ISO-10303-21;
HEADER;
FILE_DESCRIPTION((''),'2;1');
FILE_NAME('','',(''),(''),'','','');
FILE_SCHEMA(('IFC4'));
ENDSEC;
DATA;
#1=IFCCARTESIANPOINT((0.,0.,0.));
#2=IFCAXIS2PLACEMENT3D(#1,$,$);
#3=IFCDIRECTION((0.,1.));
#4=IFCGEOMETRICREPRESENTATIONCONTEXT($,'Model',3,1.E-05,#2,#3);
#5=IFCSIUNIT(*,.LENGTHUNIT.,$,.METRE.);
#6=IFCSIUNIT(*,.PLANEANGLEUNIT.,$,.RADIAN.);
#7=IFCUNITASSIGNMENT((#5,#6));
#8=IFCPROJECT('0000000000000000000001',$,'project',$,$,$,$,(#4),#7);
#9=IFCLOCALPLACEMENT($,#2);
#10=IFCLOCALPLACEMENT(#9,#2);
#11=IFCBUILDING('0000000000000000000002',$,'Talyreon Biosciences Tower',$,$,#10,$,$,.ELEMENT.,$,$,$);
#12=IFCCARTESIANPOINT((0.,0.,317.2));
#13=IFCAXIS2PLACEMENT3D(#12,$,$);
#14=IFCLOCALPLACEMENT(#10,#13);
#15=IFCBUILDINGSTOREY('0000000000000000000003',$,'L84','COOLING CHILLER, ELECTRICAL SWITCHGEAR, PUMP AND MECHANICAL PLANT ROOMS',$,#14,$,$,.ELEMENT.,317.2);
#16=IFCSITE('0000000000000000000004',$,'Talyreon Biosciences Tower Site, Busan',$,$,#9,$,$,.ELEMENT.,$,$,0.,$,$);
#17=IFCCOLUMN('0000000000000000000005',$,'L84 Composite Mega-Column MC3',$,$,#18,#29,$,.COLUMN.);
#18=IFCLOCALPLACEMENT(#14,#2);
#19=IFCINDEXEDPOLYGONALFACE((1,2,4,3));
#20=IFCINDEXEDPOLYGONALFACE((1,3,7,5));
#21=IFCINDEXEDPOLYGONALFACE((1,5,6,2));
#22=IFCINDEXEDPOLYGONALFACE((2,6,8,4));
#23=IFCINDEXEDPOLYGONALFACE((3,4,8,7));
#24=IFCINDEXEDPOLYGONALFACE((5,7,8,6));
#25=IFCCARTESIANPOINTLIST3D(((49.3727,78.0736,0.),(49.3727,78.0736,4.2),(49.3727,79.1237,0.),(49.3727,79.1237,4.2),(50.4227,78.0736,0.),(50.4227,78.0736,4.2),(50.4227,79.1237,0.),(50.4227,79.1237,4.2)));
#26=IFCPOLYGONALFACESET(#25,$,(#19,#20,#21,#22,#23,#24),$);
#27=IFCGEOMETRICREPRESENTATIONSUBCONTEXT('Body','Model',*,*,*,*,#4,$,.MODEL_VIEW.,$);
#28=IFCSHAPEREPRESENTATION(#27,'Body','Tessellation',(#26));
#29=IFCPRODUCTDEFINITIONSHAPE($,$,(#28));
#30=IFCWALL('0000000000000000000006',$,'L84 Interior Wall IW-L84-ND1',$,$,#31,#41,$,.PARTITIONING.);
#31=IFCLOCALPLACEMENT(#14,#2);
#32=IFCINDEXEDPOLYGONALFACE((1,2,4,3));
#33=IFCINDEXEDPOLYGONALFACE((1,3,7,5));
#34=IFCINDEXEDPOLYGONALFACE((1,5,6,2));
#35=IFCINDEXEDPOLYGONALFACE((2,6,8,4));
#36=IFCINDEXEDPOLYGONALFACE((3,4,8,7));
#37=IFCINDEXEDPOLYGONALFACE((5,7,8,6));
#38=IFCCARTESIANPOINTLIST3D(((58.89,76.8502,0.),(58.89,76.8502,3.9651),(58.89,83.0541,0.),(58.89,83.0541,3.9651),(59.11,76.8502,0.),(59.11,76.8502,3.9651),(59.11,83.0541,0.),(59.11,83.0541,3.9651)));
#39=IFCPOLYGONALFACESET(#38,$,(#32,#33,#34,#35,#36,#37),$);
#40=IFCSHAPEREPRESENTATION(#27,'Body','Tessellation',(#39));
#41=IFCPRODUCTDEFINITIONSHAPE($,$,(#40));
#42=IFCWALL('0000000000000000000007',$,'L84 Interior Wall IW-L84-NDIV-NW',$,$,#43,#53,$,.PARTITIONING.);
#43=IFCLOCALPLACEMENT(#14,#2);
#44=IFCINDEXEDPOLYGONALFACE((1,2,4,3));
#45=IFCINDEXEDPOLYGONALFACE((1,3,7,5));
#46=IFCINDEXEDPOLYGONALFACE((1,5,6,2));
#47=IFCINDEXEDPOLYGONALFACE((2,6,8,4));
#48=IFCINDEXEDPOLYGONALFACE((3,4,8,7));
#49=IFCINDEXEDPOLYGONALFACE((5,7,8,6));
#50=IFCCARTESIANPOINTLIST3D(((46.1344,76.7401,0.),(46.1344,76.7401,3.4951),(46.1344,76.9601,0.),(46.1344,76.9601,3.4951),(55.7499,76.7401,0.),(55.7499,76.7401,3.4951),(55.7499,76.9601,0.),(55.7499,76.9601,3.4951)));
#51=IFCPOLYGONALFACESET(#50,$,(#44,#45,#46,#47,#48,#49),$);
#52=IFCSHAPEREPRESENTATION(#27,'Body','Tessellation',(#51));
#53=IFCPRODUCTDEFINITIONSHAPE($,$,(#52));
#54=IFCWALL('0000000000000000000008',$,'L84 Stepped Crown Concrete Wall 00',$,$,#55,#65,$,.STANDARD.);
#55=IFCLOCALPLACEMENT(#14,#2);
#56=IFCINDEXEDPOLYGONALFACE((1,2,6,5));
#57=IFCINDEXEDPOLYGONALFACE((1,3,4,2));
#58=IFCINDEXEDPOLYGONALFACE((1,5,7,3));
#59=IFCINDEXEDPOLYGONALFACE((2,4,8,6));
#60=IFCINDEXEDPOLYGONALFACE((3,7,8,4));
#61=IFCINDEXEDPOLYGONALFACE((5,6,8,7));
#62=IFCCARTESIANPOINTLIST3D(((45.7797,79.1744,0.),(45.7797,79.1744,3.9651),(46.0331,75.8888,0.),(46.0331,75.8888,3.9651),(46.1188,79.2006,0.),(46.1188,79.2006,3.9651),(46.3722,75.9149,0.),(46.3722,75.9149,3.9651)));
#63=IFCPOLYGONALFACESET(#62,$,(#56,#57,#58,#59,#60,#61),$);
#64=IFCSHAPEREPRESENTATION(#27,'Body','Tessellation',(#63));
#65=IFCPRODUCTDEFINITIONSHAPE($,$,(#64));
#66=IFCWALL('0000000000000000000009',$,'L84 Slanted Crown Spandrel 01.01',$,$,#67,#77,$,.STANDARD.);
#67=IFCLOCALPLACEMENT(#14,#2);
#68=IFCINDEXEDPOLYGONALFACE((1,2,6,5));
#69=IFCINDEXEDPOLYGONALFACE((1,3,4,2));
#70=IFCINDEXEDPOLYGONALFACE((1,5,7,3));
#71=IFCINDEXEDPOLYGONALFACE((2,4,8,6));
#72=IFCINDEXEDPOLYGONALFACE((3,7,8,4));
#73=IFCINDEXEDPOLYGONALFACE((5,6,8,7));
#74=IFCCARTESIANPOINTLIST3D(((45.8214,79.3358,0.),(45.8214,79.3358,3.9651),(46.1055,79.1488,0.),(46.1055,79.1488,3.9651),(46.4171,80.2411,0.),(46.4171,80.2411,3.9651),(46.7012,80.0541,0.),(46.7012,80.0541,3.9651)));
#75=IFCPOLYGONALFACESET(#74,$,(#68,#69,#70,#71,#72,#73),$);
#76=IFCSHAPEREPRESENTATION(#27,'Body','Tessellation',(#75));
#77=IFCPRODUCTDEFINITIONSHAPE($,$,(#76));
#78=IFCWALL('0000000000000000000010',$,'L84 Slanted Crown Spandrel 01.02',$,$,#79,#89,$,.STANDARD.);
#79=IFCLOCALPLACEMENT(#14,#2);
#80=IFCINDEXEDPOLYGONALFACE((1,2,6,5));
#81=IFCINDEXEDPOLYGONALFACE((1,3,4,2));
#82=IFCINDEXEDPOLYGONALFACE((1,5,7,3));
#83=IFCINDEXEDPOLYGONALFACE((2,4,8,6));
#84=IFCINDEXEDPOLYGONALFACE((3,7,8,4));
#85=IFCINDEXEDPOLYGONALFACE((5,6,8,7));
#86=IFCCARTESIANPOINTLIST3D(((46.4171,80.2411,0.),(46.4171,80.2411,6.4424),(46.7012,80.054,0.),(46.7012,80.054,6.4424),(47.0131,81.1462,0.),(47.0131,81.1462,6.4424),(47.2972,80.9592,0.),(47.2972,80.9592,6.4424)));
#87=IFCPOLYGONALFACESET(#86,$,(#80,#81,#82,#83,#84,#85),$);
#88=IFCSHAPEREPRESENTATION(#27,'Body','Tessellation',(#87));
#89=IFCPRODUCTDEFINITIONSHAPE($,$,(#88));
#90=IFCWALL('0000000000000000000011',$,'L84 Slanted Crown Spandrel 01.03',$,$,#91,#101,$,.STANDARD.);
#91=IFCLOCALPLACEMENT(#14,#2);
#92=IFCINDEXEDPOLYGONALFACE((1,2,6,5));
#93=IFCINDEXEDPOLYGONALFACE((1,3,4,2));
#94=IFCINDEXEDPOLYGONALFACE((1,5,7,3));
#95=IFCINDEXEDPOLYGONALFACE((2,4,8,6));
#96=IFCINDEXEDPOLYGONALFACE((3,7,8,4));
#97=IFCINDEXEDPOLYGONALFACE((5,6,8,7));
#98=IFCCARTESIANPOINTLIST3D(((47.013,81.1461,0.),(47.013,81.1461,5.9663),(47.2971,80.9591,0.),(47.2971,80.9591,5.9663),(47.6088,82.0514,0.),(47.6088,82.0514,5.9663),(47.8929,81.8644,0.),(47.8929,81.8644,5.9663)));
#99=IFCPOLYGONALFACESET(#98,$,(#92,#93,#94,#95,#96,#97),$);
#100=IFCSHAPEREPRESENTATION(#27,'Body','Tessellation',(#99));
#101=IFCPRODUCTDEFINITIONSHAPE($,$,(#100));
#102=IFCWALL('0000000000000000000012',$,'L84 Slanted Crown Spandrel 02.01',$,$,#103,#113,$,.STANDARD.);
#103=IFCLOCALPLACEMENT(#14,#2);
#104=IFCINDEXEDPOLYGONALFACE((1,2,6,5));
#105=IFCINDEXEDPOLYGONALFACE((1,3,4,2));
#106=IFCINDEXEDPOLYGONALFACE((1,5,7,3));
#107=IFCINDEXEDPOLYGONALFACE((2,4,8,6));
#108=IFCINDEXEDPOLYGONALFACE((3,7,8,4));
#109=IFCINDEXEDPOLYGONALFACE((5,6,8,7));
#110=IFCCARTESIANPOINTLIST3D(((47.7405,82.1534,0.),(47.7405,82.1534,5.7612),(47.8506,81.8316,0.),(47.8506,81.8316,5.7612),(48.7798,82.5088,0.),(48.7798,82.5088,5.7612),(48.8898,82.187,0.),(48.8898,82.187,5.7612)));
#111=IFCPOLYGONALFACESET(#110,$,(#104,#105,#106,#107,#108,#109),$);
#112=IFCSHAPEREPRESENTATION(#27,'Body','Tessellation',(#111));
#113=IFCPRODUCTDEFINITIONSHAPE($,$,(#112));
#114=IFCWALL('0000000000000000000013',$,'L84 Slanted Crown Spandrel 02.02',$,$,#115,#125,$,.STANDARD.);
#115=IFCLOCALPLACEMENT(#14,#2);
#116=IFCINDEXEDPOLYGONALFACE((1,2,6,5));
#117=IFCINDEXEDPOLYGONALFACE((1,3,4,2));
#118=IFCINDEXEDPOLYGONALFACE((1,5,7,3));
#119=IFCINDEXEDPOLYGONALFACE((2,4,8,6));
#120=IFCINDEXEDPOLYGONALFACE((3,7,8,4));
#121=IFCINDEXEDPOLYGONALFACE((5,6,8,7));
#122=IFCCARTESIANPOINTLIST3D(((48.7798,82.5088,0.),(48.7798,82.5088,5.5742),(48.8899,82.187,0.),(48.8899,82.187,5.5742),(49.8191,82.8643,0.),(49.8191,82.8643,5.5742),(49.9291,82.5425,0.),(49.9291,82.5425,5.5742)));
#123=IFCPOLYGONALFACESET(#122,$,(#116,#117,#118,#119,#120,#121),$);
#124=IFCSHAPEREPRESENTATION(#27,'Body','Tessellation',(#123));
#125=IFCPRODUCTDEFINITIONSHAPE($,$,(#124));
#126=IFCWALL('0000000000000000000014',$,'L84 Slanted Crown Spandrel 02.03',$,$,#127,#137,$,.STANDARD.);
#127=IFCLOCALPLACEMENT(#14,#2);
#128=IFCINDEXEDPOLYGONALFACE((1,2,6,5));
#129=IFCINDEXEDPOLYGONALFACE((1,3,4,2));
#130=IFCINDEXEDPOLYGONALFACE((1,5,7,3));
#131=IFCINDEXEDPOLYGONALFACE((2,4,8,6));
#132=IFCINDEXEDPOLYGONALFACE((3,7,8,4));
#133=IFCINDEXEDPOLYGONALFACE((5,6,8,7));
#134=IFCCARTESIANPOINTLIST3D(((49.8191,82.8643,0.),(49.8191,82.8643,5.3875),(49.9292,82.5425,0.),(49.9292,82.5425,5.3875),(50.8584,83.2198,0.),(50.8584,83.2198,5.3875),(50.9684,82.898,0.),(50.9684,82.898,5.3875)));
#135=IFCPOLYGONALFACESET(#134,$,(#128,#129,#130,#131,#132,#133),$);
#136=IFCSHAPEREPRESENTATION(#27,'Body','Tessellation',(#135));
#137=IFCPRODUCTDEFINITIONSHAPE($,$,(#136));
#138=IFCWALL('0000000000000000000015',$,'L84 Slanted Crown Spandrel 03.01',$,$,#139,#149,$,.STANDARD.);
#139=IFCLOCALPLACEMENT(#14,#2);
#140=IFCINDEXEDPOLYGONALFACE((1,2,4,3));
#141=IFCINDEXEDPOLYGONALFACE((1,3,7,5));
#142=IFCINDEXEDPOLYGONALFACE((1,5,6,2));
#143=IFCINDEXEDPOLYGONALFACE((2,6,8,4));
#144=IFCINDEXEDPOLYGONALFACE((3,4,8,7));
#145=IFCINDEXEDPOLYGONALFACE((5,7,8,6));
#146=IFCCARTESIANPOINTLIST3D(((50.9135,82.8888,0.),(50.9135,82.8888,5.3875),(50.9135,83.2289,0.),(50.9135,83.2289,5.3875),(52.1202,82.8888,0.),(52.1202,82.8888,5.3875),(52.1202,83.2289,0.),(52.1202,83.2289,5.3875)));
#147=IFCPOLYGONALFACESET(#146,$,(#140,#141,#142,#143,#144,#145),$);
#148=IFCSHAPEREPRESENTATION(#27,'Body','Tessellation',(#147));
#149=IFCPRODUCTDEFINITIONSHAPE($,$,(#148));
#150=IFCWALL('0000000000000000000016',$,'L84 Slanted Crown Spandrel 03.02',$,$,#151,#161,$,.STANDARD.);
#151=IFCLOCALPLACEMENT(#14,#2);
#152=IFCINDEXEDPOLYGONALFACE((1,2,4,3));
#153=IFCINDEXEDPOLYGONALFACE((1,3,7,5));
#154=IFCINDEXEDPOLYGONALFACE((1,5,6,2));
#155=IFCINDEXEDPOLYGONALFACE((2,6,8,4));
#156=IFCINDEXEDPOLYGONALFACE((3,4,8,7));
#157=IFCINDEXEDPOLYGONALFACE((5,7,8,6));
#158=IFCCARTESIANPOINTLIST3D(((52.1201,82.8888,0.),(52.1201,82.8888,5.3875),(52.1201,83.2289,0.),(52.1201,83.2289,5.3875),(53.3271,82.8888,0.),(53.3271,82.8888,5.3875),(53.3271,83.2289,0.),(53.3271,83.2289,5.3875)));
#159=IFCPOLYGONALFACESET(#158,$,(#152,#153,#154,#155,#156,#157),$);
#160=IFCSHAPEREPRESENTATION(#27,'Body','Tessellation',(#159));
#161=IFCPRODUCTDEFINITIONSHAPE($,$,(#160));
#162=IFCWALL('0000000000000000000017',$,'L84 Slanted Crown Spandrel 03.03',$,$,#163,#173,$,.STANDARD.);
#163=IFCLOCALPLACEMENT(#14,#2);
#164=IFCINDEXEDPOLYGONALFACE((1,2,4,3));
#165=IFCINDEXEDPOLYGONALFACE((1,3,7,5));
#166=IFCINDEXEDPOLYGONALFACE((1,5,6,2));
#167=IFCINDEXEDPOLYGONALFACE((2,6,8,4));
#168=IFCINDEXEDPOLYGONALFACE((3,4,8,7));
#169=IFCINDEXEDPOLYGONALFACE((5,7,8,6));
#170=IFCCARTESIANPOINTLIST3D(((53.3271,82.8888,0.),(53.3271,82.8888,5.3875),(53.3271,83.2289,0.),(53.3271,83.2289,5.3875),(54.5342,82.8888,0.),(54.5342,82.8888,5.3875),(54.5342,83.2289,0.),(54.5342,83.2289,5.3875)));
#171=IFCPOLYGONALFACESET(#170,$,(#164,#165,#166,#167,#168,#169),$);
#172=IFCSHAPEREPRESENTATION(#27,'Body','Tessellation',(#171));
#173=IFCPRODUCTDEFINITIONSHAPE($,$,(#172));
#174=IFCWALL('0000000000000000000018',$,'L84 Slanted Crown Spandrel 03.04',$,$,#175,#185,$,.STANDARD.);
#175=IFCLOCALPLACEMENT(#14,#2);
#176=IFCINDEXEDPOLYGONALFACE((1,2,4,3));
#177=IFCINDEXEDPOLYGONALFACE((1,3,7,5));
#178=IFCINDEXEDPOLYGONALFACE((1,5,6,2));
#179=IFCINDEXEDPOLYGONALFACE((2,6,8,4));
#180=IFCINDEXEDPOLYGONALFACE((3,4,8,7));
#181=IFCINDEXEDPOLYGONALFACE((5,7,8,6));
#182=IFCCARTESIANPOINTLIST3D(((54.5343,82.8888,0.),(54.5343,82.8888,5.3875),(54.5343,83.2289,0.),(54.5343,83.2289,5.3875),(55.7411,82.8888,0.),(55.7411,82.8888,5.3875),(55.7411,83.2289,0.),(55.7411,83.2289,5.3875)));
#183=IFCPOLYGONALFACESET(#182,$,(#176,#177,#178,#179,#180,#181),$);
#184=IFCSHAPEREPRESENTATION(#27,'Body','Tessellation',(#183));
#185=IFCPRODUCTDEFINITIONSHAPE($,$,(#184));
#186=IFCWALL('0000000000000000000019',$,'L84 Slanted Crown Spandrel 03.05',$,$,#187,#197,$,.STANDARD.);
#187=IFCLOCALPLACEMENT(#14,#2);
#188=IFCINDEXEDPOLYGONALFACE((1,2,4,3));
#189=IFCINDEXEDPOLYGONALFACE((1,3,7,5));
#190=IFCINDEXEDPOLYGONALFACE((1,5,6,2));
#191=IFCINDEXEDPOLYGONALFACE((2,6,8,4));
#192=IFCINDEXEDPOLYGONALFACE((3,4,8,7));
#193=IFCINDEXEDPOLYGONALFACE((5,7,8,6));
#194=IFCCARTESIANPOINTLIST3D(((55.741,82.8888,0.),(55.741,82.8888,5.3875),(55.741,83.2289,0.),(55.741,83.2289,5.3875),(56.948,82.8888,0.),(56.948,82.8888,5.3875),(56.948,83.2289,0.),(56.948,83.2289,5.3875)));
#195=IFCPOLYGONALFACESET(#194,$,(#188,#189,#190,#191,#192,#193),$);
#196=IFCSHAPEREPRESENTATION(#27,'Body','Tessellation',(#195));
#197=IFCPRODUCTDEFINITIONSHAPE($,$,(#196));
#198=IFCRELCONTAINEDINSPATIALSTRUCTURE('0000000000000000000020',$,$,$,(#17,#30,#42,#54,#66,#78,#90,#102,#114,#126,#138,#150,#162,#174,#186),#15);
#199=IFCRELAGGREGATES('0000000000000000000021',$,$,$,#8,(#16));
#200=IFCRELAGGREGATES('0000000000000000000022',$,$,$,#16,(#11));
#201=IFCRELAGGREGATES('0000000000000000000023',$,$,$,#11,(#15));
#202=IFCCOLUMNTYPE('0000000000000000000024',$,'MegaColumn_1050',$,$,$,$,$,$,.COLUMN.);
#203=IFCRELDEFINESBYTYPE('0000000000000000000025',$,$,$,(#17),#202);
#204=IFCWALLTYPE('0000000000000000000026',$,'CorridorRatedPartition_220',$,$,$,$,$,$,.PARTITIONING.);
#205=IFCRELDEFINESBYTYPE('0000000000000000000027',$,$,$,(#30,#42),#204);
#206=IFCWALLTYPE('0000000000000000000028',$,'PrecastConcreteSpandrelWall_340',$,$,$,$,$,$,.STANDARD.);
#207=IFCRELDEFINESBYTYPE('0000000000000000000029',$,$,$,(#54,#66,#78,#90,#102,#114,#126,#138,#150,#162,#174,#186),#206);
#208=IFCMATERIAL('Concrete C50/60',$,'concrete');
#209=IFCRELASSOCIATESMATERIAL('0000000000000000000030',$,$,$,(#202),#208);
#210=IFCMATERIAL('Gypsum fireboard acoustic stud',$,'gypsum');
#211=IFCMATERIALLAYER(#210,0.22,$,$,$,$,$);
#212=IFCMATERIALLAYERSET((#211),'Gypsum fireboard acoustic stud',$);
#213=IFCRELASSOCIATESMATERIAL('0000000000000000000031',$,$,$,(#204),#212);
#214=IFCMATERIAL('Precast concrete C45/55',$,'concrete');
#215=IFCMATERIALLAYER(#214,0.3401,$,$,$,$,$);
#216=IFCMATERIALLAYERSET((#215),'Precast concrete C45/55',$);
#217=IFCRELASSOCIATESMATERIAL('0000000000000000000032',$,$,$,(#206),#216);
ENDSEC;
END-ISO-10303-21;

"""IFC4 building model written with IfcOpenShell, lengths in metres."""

from ifc_helpers import new_model, si_unit, direction, frame, frame_2d, origin, origin_2d, place, context, subcontext, project, spatial, rectangle, extrude, material, layer, layer_set, material_profile, profile_set, type_object, element, save


model = new_model("IFC4")

# Units and contexts
model_context = context("Model", 3, precision=1e-05, world=origin(), true_north=direction((0.0, 1.0)))
body_context = subcontext(model_context, "Body", "Model", "MODEL_VIEW")
ifc_project = project(units=[si_unit("LENGTHUNIT", "METRE"), si_unit("PLANEANGLEUNIT", "RADIAN")], contexts=[model_context])

# Site, building, storey
site_placement = place(None, origin())
site = spatial("IfcSite", under=ifc_project, at=site_placement, Name="Talyreon Biosciences Tower Site, Busan", CompositionType="ELEMENT", RefElevation=0.0)
building_placement = place(site_placement, origin())
building = spatial("IfcBuilding", under=site, at=building_placement, Name="Talyreon Biosciences Tower", CompositionType="ELEMENT")
storey_placement = place(building_placement, frame((0.0, 0.0, 317.2)))
storey = spatial("IfcBuildingStorey", under=building, at=storey_placement, Name="L84", Description="COOLING CHILLER, ELECTRICAL SWITCHGEAR, PUMP AND MECHANICAL PLANT ROOMS", CompositionType="ELEMENT", Elevation=317.2)

# Column
ifc_material_1 = material(Name="Concrete C50/60", Category="concrete")
ifc_material_profile = material_profile(ifc_material_1, rectangle(XDim=1.05, YDim=1.05, at=origin_2d()), Name="RC 1050x1050")
ifc_profile_set = profile_set([ifc_material_profile], Name="Concrete C50/60")
column_type = type_object("IfcColumnType", Name="MegaColumn_1050", PredefinedType="COLUMN", material=ifc_profile_set)
column_placement = place(storey_placement, frame((49.8977, 78.5986, 0.0), z_axis=(0.0, 0.0, 1.0), x_axis=(1.0, 0.0, 0.0)))
element("IfcColumn", 1, at=column_placement, inside=storey, type_object=column_type, Name="L84 Composite Mega-Column MC3", PredefinedType="COLUMN", context=body_context, shape_type="SweptSolid", body=[
    extrude(rectangle(XDim=1.05, YDim=1.05, at=origin_2d()), origin(), (0.0, 0.0, 1.0), 4.2),
])

# Walls
ifc_material_2 = material(Name="Gypsum fireboard acoustic stud", Category="gypsum")
ifc_layer_1 = layer(ifc_material_2, 0.22)
ifc_layer_set_1 = layer_set([ifc_layer_1], Name="Gypsum fireboard acoustic stud")
wall_type_1 = type_object("IfcWallType", Name="CorridorRatedPartition_220", PredefinedType="PARTITIONING", material=ifc_layer_set_1)
wall_1_placement = place(storey_placement, frame((59.0, 76.8501, 0.0), z_axis=(0.0, 0.0, 1.0), x_axis=(0.0, 1.0, 0.0)))
element("IfcWall", 2, at=wall_1_placement, inside=storey, type_object=wall_type_1, Name="L84 Interior Wall IW-L84-ND1", PredefinedType="PARTITIONING", context=body_context, shape_type="SweptSolid", body=[
    extrude(rectangle(XDim=6.2039, YDim=0.22, at=frame_2d((3.1021, 0.0))), origin(), (0.0, 0.0, 1.0), 3.9651),
])
wall_2_placement = place(storey_placement, frame((46.1345, 76.8501, 0.0), z_axis=(0.0, 0.0, 1.0), x_axis=(1.0, 0.0, 0.0)))
element("IfcWall", 3, at=wall_2_placement, inside=storey, type_object=wall_type_1, Name="L84 Interior Wall IW-L84-NDIV-NW", PredefinedType="PARTITIONING", context=body_context, shape_type="SweptSolid", body=[
    extrude(rectangle(XDim=9.6155, YDim=0.22, at=frame_2d((4.8076, 0.0))), origin(), (0.0, 0.0, 1.0), 3.4951),
])

# Walls
ifc_material_3 = material(Name="Precast concrete C45/55", Category="concrete")
ifc_layer_2 = layer(ifc_material_3, 0.3401)
ifc_layer_set_2 = layer_set([ifc_layer_2], Name="Precast concrete C45/55")
wall_type_2 = type_object("IfcWallType", Name="PrecastConcreteSpandrelWall_340", PredefinedType="STANDARD", material=ifc_layer_set_2)
wall_3_placement = place(storey_placement, frame((46.2026, 75.9019, 0.0), z_axis=(0.0, 0.0, 1.0), x_axis=(-0.0769, 0.997039, 0.0)))
element("IfcWall", 4, at=wall_3_placement, inside=storey, type_object=wall_type_2, Name="L84 Stepped Crown Concrete Wall 00", PredefinedType="STANDARD", context=body_context, shape_type="SweptSolid", body=[
    extrude(rectangle(XDim=3.2954, YDim=0.3401, at=frame_2d((1.6477, 0.0))), origin(), (0.0, 0.0, 1.0), 3.9651),
])
wall_4_placement = place(storey_placement, frame((45.9634, 79.2422, 0.0), z_axis=(0.0, 0.0, 1.0), x_axis=(0.549699, 0.835363, 0.0)))
element("IfcWall", 5, at=wall_4_placement, inside=storey, type_object=wall_type_2, Name="L84 Slanted Crown Spandrel 01.01", PredefinedType="STANDARD", context=body_context, shape_type="SweptSolid", body=[
    extrude(rectangle(XDim=1.0837, YDim=0.3401, at=frame_2d((0.542, 0.0))), origin(), (0.0, 0.0, 1.0), 3.9651),
])
wall_5_placement = place(storey_placement, frame((46.5591, 80.1475, 0.0), z_axis=(0.0, 0.0, 1.0), x_axis=(0.54996, 0.835191, 0.0)))
element("IfcWall", 6, at=wall_5_placement, inside=storey, type_object=wall_type_2, Name="L84 Slanted Crown Spandrel 01.02", PredefinedType="STANDARD", context=body_context, shape_type="SweptSolid", body=[
    extrude(rectangle(XDim=1.0837, YDim=0.3401, at=frame_2d((0.542, 0.0))), origin(), (0.0, 0.0, 1.0), 6.4424),
])
wall_6_placement = place(storey_placement, frame((47.155, 81.0525, 0.0), z_axis=(0.0, 0.0, 1.0), x_axis=(0.549699, 0.835363, 0.0)))
element("IfcWall", 7, at=wall_6_placement, inside=storey, type_object=wall_type_2, Name="L84 Slanted Crown Spandrel 01.03", PredefinedType="STANDARD", context=body_context, shape_type="SweptSolid", body=[
    extrude(rectangle(XDim=1.0837, YDim=0.3401, at=frame_2d((0.542, 0.0))), origin(), (0.0, 0.0, 1.0), 5.9663),
])
wall_7_placement = place(storey_placement, frame((47.7954, 81.9924, 0.0), z_axis=(0.0, 0.0, 1.0), x_axis=(0.946187, 0.32362, 0.0)))
element("IfcWall", 8, at=wall_7_placement, inside=storey, type_object=wall_type_2, Name="L84 Slanted Crown Spandrel 02.01", PredefinedType="STANDARD", context=body_context, shape_type="SweptSolid", body=[
    extrude(rectangle(XDim=1.0984, YDim=0.3401, at=frame_2d((0.5493, 0.0))), origin(), (0.0, 0.0, 1.0), 5.7612),
])
wall_8_placement = place(storey_placement, frame((48.8347, 82.3479, 0.0), z_axis=(0.0, 0.0, 1.0), x_axis=(0.946187, 0.32362, 0.0)))
element("IfcWall", 9, at=wall_8_placement, inside=storey, type_object=wall_type_2, Name="L84 Slanted Crown Spandrel 02.02", PredefinedType="STANDARD", context=body_context, shape_type="SweptSolid", body=[
    extrude(rectangle(XDim=1.0984, YDim=0.3401, at=frame_2d((0.5493, 0.0))), origin(), (0.0, 0.0, 1.0), 5.5742),
])
wall_9_placement = place(storey_placement, frame((49.874, 82.7034, 0.0), z_axis=(0.0, 0.0, 1.0), x_axis=(0.946187, 0.32362, 0.0)))
element("IfcWall", 10, at=wall_9_placement, inside=storey, type_object=wall_type_2, Name="L84 Slanted Crown Spandrel 02.03", PredefinedType="STANDARD", context=body_context, shape_type="SweptSolid", body=[
    extrude(rectangle(XDim=1.0984, YDim=0.3401, at=frame_2d((0.5493, 0.0))), origin(), (0.0, 0.0, 1.0), 5.3875),
])
wall_10_placement = place(storey_placement, frame((50.9133, 83.0588, 0.0), z_axis=(0.0, 0.0, 1.0), x_axis=(1.0, 0.0, 0.0)))
element("IfcWall", 11, at=wall_10_placement, inside=storey, type_object=wall_type_2, Name="L84 Slanted Crown Spandrel 03.01", PredefinedType="STANDARD", context=body_context, shape_type="SweptSolid", body=[
    extrude(rectangle(XDim=1.2068, YDim=0.3401, at=frame_2d((0.6035, 0.0))), origin(), (0.0, 0.0, 1.0), 5.3875),
])
for number, where, z_axis, x_axis, name in (
    (12, (52.1201, 83.0588, 0.0), (0.0, 0.0, 1.0), (1.0, 0.0, 0.0), "L84 Slanted Crown Spandrel 03.02"),
    (13, (53.3271, 83.0588, 0.0), (0.0, 0.0, 1.0), (1.0, 0.0, 0.0), "L84 Slanted Crown Spandrel 03.03"),
):
    element("IfcWall", number, at=place(storey_placement, frame(where, z_axis=z_axis, x_axis=x_axis)), inside=storey, type_object=wall_type_2, Name=name, PredefinedType="STANDARD", context=body_context, shape_type="SweptSolid", body=[
        extrude(rectangle(XDim=1.207, YDim=0.3401, at=frame_2d((0.6035, 0.0))), origin(), (0.0, 0.0, 1.0), 5.3875),
    ])
wall_11_placement = place(storey_placement, frame((54.5342, 83.0588, 0.0), z_axis=(0.0, 0.0, 1.0), x_axis=(1.0, 0.0, 0.0)))
element("IfcWall", 14, at=wall_11_placement, inside=storey, type_object=wall_type_2, Name="L84 Slanted Crown Spandrel 03.04", PredefinedType="STANDARD", context=body_context, shape_type="SweptSolid", body=[
    extrude(rectangle(XDim=1.2068, YDim=0.3401, at=frame_2d((0.6035, 0.0))), origin(), (0.0, 0.0, 1.0), 5.3875),
])
wall_12_placement = place(storey_placement, frame((55.741, 83.0588, 0.0), z_axis=(0.0, 0.0, 1.0), x_axis=(1.0, 0.0, 0.0)))
element("IfcWall", 15, at=wall_12_placement, inside=storey, type_object=wall_type_2, Name="L84 Slanted Crown Spandrel 03.05", PredefinedType="STANDARD", context=body_context, shape_type="SweptSolid", body=[
    extrude(rectangle(XDim=1.207, YDim=0.3401, at=frame_2d((0.6035, 0.0))), origin(), (0.0, 0.0, 1.0), 5.3875),
])

save(model, "model.ifc")
